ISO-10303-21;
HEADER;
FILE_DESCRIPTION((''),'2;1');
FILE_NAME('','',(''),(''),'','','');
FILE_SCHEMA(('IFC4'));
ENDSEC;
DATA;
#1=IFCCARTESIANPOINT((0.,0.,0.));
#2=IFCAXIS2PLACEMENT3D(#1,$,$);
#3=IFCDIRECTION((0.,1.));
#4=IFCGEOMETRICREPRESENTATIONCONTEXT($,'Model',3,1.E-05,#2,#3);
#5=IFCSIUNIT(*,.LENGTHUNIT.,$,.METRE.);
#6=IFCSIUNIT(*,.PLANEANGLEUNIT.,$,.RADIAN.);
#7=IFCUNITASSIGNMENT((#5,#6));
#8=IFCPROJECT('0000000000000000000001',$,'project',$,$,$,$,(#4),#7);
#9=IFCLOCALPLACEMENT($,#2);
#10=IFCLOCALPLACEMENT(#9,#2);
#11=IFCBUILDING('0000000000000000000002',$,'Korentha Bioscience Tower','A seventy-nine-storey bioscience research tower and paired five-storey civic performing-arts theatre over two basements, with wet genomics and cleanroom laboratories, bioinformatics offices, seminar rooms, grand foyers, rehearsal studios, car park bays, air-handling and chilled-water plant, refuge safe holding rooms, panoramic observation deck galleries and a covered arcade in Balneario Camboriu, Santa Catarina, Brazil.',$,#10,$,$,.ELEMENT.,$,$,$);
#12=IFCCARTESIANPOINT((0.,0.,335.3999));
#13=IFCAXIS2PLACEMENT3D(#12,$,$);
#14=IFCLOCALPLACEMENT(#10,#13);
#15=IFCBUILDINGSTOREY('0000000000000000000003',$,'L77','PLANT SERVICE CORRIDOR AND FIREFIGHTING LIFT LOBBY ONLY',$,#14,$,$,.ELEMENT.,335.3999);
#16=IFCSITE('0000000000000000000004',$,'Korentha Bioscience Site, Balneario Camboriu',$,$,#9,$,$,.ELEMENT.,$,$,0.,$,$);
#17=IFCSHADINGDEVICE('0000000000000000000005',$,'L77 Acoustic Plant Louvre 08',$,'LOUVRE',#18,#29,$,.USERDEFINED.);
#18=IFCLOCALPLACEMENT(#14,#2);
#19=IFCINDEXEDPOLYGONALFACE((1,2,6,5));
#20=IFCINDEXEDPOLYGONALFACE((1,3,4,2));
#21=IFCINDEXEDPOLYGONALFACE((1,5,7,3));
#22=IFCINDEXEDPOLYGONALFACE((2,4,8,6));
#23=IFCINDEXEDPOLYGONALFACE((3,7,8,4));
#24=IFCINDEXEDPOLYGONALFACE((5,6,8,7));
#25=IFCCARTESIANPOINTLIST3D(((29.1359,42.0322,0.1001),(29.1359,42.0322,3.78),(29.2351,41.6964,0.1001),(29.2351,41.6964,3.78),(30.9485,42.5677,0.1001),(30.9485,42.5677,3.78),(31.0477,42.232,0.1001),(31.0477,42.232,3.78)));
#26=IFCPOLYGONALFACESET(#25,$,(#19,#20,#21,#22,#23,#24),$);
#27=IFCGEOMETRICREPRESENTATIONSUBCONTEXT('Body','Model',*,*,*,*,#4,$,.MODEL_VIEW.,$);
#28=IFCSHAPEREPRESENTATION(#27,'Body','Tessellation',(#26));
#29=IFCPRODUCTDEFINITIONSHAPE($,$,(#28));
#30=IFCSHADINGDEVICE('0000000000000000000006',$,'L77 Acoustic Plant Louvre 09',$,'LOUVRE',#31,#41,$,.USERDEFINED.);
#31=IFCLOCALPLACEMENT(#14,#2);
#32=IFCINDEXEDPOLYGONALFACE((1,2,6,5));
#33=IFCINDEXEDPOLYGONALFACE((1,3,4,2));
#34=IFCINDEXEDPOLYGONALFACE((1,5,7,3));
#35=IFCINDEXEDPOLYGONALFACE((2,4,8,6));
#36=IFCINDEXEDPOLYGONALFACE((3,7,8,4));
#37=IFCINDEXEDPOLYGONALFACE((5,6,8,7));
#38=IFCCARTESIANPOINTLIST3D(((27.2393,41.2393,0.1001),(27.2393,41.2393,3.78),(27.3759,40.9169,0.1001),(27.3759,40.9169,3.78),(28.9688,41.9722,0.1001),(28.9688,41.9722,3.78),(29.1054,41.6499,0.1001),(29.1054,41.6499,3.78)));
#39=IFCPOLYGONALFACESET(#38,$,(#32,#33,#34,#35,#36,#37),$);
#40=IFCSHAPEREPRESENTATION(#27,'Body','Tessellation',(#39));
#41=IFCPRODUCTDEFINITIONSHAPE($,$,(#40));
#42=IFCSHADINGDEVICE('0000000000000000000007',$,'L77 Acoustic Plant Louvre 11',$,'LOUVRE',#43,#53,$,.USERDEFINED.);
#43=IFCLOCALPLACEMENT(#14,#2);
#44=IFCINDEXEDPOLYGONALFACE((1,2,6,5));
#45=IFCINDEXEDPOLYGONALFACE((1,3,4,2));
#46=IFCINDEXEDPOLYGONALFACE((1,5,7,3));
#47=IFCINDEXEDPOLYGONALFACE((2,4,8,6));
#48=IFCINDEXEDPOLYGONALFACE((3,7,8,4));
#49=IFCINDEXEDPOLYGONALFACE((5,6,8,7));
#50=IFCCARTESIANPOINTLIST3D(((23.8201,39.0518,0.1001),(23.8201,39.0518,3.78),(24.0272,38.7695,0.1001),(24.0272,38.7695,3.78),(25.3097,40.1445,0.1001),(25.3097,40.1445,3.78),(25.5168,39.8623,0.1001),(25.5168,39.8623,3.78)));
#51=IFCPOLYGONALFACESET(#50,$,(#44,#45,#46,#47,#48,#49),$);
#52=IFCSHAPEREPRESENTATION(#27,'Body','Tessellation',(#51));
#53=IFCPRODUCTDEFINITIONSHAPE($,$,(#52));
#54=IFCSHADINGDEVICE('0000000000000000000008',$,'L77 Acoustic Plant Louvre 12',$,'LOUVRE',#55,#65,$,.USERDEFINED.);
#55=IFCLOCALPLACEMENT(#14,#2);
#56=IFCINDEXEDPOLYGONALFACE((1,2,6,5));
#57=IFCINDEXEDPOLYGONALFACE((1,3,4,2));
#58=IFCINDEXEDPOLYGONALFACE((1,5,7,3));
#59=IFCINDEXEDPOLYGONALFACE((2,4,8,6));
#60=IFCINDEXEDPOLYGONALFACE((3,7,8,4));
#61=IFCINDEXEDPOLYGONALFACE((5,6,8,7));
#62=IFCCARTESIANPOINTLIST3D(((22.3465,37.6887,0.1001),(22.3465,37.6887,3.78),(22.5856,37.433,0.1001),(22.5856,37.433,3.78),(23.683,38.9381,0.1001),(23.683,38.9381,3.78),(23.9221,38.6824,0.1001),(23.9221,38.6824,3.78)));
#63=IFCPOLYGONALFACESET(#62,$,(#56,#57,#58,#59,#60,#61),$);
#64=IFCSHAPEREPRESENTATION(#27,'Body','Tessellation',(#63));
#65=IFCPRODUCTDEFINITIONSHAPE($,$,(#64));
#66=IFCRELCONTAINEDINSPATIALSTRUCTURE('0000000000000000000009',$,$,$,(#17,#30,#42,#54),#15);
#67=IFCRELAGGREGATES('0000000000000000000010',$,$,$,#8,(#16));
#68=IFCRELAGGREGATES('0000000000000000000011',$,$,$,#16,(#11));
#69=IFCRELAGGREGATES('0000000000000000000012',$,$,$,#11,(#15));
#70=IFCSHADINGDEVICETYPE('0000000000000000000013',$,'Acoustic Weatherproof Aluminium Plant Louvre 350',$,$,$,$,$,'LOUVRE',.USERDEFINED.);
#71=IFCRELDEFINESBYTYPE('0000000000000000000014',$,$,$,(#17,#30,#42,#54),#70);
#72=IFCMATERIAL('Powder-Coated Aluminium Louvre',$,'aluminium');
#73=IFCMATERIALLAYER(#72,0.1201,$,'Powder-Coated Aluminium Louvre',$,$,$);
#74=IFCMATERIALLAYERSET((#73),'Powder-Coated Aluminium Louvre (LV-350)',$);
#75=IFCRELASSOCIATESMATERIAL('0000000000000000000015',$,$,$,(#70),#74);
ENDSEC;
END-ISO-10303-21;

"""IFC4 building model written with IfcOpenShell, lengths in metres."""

from ifc_helpers import new_model, si_unit, direction, frame, origin, origin_2d, place, context, subcontext, project, spatial, rectangle, extrude, material, layer, layer_set, type_object, element, save


model = new_model("IFC4")

# Units and contexts
model_context = context("Model", 3, precision=1e-05, world=origin(), true_north=direction((0.0, 1.0)))
body_context = subcontext(model_context, "Body", "Model", "MODEL_VIEW")
ifc_project = project(units=[si_unit("LENGTHUNIT", "METRE"), si_unit("PLANEANGLEUNIT", "RADIAN")], contexts=[model_context])

# Site, building, storey
site_placement = place(None, origin())
site = spatial("IfcSite", under=ifc_project, at=site_placement, Name="Korentha Bioscience Site, Balneario Camboriu", CompositionType="ELEMENT", RefElevation=0.0)
building_placement = place(site_placement, origin())
building = spatial("IfcBuilding", under=site, at=building_placement, Name="Korentha Bioscience Tower", Description="A seventy-nine-storey bioscience research tower and paired five-storey civic performing-arts theatre over two basements, with wet genomics and cleanroom laboratories, bioinformatics offices, seminar rooms, grand foyers, rehearsal studios, car park bays, air-handling and chilled-water plant, refuge safe holding rooms, panoramic observation deck galleries and a covered arcade in Balneario Camboriu, Santa Catarina, Brazil.", CompositionType="ELEMENT")
storey_placement = place(building_placement, frame((0.0, 0.0, 335.3999)))
storey = spatial("IfcBuildingStorey", under=building, at=storey_placement, Name="L77", Description="PLANT SERVICE CORRIDOR AND FIREFIGHTING LIFT LOBBY ONLY", CompositionType="ELEMENT", Elevation=335.3999)

# Shading devices
ifc_material_1 = material(Name="Powder-Coated Aluminium Louvre", Category="aluminium")
ifc_layer_1 = layer(ifc_material_1, 0.1201, Name="Powder-Coated Aluminium Louvre")
ifc_layer_set_1 = layer_set([ifc_layer_1], Name="Powder-Coated Aluminium Louvre (LV-350)")
shading_device_type = type_object("IfcShadingDeviceType", Name="Acoustic Weatherproof Aluminium Plant Louvre 350", ElementType="LOUVRE", PredefinedType="USERDEFINED", material=ifc_layer_set_1)
shading_device_1_placement = place(storey_placement, frame((30.0918, 42.1321, 0.1001), z_axis=(0.0, 0.0, 1.0), x_axis=(-0.959017, -0.283349, 0.0)))
element("IfcShadingDevice", 1, at=shading_device_1_placement, inside=storey, type_object=shading_device_type, Name="L77 Acoustic Plant Louvre 08", ObjectType="LOUVRE", PredefinedType="USERDEFINED", context=body_context, shape_type="SweptSolid", body=[
    extrude(rectangle(XDim=1.8901, YDim=0.3501, at=origin_2d()), origin(), (0.0, 0.0, 1.0), 3.6799),
])
shading_device_2_placement = place(storey_placement, frame((28.1724, 41.4446, 0.1001), z_axis=(0.0, 0.0, 1.0), x_axis=(-0.920726, -0.39021, 0.0)))
element("IfcShadingDevice", 2, at=shading_device_2_placement, inside=storey, type_object=shading_device_type, Name="L77 Acoustic Plant Louvre 09", ObjectType="LOUVRE", PredefinedType="USERDEFINED", context=body_context, shape_type="SweptSolid", body=[
    extrude(rectangle(XDim=1.8784, YDim=0.3501, at=origin_2d()), origin(), (0.0, 0.0, 1.0), 3.6799),
])
shading_device_3_placement = place(storey_placement, frame((24.6685, 39.457, 0.1001), z_axis=(0.0, 0.0, 1.0), x_axis=(-0.80631, -0.591493, 0.0)))
element("IfcShadingDevice", 3, at=shading_device_3_placement, inside=storey, type_object=shading_device_type, Name="L77 Acoustic Plant Louvre 11", ObjectType="LOUVRE", PredefinedType="USERDEFINED", context=body_context, shape_type="SweptSolid", body=[
    extrude(rectangle(XDim=1.8474, YDim=0.3501, at=origin_2d()), origin(), (0.0, 0.0, 1.0), 3.6799),
])
shading_device_4_placement = place(storey_placement, frame((23.1343, 38.1855, 0.1001), z_axis=(0.0, 0.0, 1.0), x_axis=(-0.730505, -0.682907, 0.0)))
element("IfcShadingDevice", 4, at=shading_device_4_placement, inside=storey, type_object=shading_device_type, Name="L77 Acoustic Plant Louvre 12", ObjectType="LOUVRE", PredefinedType="USERDEFINED", context=body_context, shape_type="SweptSolid", body=[
    extrude(rectangle(XDim=1.8296, YDim=0.3501, at=origin_2d()), origin(), (0.0, 0.0, 1.0), 3.6799),
])

save(model, "model.ifc")
